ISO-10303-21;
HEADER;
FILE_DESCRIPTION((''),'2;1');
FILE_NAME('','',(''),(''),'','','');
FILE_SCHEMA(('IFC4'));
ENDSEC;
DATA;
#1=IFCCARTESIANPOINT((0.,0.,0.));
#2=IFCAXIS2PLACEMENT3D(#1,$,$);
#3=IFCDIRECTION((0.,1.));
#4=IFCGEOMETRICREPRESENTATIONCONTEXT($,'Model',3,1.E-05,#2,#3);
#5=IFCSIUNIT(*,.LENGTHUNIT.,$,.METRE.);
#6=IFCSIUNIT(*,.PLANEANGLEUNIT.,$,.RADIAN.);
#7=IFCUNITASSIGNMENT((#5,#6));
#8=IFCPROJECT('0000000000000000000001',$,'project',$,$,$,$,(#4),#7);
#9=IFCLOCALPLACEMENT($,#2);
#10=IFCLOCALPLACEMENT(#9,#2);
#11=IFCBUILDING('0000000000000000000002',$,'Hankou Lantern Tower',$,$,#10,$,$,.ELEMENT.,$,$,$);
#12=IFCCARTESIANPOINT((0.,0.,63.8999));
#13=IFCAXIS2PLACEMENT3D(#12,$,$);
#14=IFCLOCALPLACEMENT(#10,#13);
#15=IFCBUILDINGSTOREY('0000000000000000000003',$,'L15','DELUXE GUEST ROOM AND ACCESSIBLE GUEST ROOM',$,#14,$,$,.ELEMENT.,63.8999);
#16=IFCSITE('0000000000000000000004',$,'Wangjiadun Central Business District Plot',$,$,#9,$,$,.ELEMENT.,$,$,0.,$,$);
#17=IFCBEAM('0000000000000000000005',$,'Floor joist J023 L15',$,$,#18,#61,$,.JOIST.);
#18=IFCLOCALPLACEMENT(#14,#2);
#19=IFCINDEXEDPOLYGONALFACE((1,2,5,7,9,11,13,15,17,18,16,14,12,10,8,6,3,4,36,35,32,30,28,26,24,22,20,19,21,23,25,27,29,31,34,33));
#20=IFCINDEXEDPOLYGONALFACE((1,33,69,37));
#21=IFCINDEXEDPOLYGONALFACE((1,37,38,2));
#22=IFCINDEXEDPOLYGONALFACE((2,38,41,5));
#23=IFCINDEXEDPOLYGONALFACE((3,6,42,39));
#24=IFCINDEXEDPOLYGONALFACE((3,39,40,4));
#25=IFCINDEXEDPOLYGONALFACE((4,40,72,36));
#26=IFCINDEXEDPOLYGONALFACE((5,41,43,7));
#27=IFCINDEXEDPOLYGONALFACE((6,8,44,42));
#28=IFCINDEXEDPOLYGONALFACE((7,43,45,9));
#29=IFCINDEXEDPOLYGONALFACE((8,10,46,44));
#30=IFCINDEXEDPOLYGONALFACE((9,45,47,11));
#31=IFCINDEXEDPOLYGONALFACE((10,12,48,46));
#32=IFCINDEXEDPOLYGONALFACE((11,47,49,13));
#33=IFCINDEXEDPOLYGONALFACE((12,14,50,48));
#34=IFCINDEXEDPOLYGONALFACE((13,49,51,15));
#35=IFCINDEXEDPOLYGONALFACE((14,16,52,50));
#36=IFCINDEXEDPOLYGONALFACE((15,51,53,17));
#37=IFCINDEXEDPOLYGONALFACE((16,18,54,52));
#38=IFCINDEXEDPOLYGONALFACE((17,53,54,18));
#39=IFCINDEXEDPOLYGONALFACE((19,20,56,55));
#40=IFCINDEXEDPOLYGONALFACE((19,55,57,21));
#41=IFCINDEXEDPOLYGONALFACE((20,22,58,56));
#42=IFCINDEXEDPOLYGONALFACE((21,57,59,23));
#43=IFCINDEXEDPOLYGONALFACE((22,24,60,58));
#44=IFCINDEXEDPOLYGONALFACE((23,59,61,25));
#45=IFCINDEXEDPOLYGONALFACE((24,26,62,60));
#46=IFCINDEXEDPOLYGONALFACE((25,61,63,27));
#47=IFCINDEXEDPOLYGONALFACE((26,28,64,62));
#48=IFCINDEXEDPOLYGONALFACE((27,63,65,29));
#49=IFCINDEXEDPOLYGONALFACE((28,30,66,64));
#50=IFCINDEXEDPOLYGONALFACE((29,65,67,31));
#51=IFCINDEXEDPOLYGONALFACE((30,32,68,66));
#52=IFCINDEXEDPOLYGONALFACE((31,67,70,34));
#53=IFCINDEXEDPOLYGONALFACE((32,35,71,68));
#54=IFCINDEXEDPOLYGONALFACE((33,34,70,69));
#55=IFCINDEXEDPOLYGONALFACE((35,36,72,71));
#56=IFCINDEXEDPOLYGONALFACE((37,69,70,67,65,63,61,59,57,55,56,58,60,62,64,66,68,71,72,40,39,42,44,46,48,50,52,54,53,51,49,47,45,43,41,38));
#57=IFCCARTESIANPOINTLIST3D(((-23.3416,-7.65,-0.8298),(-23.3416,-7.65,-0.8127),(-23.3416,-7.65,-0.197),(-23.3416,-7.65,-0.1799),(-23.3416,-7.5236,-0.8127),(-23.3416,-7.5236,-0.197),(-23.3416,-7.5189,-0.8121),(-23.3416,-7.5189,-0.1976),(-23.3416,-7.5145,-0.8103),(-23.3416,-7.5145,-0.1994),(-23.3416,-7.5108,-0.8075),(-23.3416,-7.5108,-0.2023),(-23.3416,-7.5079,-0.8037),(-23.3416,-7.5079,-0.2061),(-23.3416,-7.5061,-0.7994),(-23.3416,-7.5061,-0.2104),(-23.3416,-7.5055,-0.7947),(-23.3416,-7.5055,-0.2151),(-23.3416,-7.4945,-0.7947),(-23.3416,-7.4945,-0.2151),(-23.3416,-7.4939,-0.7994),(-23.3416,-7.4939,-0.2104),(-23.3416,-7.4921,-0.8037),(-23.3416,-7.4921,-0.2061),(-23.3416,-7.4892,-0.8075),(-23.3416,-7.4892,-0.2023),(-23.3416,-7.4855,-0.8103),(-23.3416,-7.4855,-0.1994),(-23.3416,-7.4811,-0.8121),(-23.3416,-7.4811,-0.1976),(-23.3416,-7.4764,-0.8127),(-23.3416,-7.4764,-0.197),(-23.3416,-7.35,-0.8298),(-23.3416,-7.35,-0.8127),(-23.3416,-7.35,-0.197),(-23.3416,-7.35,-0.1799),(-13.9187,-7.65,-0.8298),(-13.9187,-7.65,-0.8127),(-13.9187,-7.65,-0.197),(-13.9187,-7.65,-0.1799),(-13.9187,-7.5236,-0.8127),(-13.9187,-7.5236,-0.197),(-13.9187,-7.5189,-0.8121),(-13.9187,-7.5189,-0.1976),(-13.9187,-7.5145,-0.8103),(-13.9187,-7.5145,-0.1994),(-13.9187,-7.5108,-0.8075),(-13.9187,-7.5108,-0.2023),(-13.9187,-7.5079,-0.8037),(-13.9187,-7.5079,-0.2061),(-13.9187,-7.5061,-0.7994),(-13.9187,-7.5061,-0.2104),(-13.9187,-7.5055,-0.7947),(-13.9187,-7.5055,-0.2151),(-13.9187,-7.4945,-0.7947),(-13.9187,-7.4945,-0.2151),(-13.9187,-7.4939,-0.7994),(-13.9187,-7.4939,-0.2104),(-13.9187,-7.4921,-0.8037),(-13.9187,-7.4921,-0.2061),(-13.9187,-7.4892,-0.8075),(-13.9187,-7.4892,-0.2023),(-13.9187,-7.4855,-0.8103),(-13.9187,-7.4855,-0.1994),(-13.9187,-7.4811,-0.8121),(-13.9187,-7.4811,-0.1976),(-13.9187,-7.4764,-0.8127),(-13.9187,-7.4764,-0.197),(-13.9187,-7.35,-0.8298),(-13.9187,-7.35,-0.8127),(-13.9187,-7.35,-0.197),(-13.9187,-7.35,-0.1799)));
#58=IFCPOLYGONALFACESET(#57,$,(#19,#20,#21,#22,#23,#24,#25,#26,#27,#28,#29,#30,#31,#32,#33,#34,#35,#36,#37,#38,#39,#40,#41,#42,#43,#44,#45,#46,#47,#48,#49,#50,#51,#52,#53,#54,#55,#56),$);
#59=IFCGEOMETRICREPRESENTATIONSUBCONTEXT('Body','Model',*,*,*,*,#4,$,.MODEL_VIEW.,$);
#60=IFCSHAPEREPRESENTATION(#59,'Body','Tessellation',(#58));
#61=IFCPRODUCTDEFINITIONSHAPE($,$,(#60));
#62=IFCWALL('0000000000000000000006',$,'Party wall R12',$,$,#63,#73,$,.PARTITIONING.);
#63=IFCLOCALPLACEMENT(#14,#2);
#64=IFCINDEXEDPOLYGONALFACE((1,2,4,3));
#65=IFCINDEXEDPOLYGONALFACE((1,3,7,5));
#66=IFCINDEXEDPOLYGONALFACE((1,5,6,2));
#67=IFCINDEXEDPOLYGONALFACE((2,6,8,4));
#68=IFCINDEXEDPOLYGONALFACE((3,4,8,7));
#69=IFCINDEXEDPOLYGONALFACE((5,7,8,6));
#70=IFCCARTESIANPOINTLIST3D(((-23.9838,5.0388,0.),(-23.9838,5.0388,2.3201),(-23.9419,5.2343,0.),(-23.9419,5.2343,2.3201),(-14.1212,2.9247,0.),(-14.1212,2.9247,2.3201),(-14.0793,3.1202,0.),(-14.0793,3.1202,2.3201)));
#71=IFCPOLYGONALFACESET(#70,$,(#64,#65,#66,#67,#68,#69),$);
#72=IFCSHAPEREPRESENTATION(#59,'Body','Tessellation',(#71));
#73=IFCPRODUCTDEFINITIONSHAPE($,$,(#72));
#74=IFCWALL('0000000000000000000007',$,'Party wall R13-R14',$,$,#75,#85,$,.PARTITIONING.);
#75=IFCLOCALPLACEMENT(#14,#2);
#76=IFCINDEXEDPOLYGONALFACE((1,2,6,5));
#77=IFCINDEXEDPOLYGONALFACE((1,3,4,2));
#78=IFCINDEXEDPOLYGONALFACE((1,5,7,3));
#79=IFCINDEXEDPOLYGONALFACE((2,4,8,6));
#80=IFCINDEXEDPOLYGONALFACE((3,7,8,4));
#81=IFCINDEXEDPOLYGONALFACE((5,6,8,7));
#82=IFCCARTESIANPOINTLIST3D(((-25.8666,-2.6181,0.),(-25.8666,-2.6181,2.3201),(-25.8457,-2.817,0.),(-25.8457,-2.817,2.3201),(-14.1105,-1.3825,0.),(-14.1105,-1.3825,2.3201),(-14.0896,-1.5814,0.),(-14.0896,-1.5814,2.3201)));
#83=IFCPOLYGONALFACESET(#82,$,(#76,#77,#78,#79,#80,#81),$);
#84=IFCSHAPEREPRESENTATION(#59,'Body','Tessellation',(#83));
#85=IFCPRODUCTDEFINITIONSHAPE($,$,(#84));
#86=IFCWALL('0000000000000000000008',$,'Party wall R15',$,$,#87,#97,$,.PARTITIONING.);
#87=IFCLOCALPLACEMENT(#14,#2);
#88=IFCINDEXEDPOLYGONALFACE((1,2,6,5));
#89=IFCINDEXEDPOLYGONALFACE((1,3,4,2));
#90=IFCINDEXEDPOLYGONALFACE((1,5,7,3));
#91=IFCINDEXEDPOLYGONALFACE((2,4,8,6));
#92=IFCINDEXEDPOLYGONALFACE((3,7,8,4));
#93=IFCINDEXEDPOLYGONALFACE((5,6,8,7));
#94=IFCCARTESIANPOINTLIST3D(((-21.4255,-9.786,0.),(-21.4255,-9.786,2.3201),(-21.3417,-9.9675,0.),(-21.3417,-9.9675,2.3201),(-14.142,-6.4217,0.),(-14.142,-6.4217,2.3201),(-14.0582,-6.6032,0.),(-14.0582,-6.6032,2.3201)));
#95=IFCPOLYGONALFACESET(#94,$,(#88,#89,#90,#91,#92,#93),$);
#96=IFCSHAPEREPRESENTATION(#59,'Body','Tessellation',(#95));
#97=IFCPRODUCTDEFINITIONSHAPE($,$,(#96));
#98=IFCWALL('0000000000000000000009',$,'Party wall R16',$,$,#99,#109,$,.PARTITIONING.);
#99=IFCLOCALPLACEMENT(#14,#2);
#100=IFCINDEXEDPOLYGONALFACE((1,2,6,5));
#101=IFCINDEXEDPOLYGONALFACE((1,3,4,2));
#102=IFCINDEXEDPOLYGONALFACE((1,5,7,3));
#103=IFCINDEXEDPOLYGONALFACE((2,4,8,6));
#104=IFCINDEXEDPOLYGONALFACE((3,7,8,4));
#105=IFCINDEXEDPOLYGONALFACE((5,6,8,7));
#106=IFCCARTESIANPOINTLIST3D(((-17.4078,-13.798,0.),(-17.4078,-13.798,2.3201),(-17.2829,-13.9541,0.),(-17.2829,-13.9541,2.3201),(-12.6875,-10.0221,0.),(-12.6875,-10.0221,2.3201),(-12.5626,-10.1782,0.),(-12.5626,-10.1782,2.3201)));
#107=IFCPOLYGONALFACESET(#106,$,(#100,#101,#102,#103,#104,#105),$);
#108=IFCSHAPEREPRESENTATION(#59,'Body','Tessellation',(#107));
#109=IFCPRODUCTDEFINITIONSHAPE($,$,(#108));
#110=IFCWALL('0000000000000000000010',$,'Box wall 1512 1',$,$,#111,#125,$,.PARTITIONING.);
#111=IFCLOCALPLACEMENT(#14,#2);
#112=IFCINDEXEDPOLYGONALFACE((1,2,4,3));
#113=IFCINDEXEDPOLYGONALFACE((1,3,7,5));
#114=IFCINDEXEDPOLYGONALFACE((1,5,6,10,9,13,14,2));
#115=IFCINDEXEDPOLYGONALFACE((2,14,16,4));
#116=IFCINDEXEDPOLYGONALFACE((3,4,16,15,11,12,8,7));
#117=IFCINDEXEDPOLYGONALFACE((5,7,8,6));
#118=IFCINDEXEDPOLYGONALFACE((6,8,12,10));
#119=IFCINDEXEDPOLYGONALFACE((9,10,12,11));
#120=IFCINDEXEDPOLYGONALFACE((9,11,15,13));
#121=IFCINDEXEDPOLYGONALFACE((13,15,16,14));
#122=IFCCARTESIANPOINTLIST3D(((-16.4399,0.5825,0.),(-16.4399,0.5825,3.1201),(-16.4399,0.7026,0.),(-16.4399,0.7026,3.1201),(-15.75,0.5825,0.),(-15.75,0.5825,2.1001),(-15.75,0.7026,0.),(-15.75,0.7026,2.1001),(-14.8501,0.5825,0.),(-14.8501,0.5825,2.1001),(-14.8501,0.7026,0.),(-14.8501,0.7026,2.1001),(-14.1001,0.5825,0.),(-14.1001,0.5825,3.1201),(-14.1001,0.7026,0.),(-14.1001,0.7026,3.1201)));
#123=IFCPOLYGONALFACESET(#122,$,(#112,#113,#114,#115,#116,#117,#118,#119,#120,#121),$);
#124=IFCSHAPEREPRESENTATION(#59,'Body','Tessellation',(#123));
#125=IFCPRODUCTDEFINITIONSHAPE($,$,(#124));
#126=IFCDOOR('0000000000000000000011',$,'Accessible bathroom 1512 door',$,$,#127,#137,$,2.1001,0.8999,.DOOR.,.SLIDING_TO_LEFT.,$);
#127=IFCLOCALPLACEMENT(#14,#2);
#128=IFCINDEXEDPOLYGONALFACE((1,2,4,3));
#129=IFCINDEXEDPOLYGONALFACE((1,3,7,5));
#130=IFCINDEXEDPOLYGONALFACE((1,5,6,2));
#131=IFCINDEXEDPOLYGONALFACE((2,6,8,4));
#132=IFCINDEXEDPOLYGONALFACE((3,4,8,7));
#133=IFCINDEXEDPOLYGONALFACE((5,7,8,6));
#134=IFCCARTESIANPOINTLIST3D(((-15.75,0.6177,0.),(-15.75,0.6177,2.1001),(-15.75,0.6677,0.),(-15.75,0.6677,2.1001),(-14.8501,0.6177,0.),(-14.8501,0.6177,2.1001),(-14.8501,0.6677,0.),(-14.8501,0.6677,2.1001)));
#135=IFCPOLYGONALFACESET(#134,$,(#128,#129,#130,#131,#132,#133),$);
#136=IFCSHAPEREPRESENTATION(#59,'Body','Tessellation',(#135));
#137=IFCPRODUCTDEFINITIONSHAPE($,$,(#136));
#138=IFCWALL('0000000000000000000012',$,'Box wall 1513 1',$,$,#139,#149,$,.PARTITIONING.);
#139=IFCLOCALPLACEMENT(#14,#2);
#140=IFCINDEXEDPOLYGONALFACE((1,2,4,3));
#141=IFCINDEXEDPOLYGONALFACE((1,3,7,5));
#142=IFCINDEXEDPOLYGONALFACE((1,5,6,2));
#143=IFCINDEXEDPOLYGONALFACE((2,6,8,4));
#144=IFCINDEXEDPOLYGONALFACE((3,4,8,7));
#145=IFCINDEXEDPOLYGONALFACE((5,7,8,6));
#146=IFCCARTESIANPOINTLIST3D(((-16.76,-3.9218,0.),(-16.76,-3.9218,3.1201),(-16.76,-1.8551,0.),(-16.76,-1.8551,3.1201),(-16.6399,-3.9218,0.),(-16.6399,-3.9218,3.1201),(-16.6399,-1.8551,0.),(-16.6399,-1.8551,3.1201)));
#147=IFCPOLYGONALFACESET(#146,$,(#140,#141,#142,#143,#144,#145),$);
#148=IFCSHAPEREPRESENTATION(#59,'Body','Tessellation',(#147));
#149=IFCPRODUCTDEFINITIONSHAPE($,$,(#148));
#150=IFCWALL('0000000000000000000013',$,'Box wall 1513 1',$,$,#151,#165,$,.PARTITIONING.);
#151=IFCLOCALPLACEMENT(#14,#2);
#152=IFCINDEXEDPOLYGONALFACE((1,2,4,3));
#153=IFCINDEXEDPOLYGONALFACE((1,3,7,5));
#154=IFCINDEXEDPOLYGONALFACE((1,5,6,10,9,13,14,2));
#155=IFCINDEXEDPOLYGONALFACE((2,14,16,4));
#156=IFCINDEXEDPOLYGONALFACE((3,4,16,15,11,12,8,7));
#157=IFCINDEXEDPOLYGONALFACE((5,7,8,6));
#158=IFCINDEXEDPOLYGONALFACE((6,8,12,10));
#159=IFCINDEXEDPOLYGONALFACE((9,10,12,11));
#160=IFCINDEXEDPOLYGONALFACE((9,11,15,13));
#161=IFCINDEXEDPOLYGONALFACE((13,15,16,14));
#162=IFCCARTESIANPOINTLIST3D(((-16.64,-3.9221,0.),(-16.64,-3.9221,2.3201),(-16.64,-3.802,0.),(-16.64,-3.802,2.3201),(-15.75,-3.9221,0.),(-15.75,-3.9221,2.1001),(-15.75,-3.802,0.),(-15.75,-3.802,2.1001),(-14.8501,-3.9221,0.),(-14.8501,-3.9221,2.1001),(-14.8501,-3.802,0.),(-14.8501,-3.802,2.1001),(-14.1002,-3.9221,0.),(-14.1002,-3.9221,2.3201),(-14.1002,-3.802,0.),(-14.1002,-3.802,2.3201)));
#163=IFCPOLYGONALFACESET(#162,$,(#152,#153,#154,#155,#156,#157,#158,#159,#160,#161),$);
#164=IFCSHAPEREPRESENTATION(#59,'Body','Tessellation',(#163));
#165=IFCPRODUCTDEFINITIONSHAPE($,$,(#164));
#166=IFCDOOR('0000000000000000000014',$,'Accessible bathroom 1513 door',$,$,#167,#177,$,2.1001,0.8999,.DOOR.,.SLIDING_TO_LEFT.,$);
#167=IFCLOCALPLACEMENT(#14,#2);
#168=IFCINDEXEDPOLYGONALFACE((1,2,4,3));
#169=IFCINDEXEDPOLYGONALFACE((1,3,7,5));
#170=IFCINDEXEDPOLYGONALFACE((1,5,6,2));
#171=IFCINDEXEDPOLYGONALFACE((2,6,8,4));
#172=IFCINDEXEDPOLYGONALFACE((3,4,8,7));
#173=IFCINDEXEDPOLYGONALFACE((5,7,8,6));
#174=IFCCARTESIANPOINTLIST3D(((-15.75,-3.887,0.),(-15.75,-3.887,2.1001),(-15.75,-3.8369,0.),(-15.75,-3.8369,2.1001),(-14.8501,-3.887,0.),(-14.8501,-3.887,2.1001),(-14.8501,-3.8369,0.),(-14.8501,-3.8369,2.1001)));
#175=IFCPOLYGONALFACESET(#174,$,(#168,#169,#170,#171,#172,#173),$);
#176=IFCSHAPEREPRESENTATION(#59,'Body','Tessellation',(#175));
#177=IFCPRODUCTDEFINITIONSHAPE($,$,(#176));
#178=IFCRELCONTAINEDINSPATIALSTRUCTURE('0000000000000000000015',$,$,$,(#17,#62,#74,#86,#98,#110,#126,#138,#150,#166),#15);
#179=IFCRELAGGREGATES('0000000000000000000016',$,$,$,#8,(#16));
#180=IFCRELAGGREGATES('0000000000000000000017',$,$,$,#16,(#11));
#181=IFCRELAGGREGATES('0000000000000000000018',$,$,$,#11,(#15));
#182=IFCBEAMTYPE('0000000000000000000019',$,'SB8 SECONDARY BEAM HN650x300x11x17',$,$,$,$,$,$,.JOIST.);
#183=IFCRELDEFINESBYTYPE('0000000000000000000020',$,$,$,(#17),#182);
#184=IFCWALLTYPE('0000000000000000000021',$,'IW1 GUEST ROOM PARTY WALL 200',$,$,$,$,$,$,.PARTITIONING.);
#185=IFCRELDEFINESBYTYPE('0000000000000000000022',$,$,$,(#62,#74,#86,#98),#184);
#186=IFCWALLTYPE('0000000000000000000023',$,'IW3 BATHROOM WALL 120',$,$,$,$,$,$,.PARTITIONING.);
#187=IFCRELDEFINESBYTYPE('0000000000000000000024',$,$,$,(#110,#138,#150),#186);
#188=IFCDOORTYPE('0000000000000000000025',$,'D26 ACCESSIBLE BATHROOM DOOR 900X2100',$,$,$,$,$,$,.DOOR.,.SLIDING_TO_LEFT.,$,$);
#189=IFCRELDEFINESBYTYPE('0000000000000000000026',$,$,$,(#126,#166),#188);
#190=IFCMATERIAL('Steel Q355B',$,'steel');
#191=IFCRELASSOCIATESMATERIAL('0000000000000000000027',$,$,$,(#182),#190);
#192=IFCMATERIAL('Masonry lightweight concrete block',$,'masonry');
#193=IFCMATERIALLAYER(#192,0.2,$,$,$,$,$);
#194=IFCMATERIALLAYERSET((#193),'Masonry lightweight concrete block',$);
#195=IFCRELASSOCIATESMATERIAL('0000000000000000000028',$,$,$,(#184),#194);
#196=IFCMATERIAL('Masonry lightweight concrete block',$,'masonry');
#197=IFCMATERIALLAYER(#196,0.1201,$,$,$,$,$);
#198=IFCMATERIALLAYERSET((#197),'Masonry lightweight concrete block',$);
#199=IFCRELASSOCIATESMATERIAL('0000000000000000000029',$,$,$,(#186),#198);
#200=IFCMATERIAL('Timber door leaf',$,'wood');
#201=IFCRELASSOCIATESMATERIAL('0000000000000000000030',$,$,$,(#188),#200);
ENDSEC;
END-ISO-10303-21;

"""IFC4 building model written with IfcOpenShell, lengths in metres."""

from ifc_helpers import new_model, si_unit, direction, frame, frame_2d, origin, origin_2d, place, context, subcontext, project, spatial, rectangle, i_section, extrude, material, layer, layer_set, material_profile, profile_set, type_object, element, fill, save


model = new_model("IFC4")

# Units and contexts
model_context = context("Model", 3, precision=1e-05, world=origin(), true_north=direction((0.0, 1.0)))
body_context = subcontext(model_context, "Body", "Model", "MODEL_VIEW")
ifc_project = project(units=[si_unit("LENGTHUNIT", "METRE"), si_unit("PLANEANGLEUNIT", "RADIAN")], contexts=[model_context])

# Site, building, storey
site_placement = place(None, origin())
site = spatial("IfcSite", under=ifc_project, at=site_placement, Name="Wangjiadun Central Business District Plot", CompositionType="ELEMENT", RefElevation=0.0)
building_placement = place(site_placement, origin())
building = spatial("IfcBuilding", under=site, at=building_placement, Name="Hankou Lantern Tower", CompositionType="ELEMENT")
storey_placement = place(building_placement, frame((0.0, 0.0, 63.8999)))
storey = spatial("IfcBuildingStorey", under=building, at=storey_placement, Name="L15", Description="DELUXE GUEST ROOM AND ACCESSIBLE GUEST ROOM", CompositionType="ELEMENT", Elevation=63.8999)

# Beam
ifc_material_1 = material(Name="Steel Q355B", Category="steel")
ifc_material_profile_1 = material_profile(ifc_material_1, i_section(OverallWidth=0.3, OverallDepth=0.6499, WebThickness=0.011, FlangeThickness=0.0171, FilletRadius=0.0181, at=origin_2d()), Name="HN650x300x11x17")
ifc_profile_set_1 = profile_set([ifc_material_profile_1], Name="Steel Q355B")
beam_type_1 = type_object("IfcBeamType", Name="SB8 SECONDARY BEAM HN650x300x11x17", PredefinedType="JOIST", material=ifc_profile_set_1)
beam_1_placement = place(storey_placement, frame((-23.3416, -7.5, -0.5049), z_axis=(1.0, 0.0, 0.0), x_axis=(0.0, 1.0, 0.0)))
element("IfcBeam", 1, at=beam_1_placement, inside=storey, type_object=beam_type_1, Name="Floor joist J023 L15", PredefinedType="JOIST", context=body_context, shape_type="SweptSolid", body=[
    extrude(i_section(OverallWidth=0.3, OverallDepth=0.6499, WebThickness=0.011, FlangeThickness=0.0171, FilletRadius=0.0181, at=origin_2d()), origin(), (0.0, 0.0, 1.0), 9.4229),
])

# Walls
ifc_material_2 = material(Name="Masonry lightweight concrete block", Category="masonry")
ifc_layer_1 = layer(ifc_material_2, 0.2)
ifc_layer_set_1 = layer_set([ifc_layer_1], Name="Masonry lightweight concrete block")
wall_type_1 = type_object("IfcWallType", Name="IW1 GUEST ROOM PARTY WALL 200", PredefinedType="PARTITIONING", material=ifc_layer_set_1)
wall_1_placement = place(storey_placement, frame((-14.1001, 3.0225, 0.0), z_axis=(0.0, 0.0, 1.0), x_axis=(-0.97779, 0.209587, 0.0)))
element("IfcWall", 2, at=wall_1_placement, inside=storey, type_object=wall_type_1, Name="Party wall R12", PredefinedType="PARTITIONING", context=body_context, shape_type="SweptSolid", body=[
    extrude(rectangle(XDim=10.0867, YDim=0.2, at=frame_2d((5.0435, 0.0))), origin(), (0.0, 0.0, 1.0), 2.3201),
])
wall_2_placement = place(storey_placement, frame((-14.1001, -1.4819, 0.0), z_axis=(0.0, 0.0, 1.0), x_axis=(-0.994522, -0.104527, 0.0)))
element("IfcWall", 3, at=wall_2_placement, inside=storey, type_object=wall_type_1, Name="Party wall R13-R14", PredefinedType="PARTITIONING", context=body_context, shape_type="SweptSolid", body=[
    extrude(rectangle(XDim=11.8208, YDim=0.2, at=frame_2d((5.9104, 0.0))), origin(), (0.0, 0.0, 1.0), 2.3201),
])
wall_3_placement = place(storey_placement, frame((-14.1001, -6.5125, 0.0), z_axis=(0.0, 0.0, 1.0), x_axis=(-0.907833, -0.419332, 0.0)))
element("IfcWall", 4, at=wall_3_placement, inside=storey, type_object=wall_type_1, Name="Party wall R15", PredefinedType="PARTITIONING", context=body_context, shape_type="SweptSolid", body=[
    extrude(rectangle(XDim=8.0229, YDim=0.2, at=frame_2d((4.0115, 0.0))), origin(), (0.0, 0.0, 1.0), 2.3201),
])
wall_4_placement = place(storey_placement, frame((-12.625, -10.1001, 0.0), z_axis=(0.0, 0.0, 1.0), x_axis=(-0.780892, -0.624665, 0.0)))
element("IfcWall", 5, at=wall_4_placement, inside=storey, type_object=wall_type_1, Name="Party wall R16", PredefinedType="PARTITIONING", context=body_context, shape_type="SweptSolid", body=[
    extrude(rectangle(XDim=6.0447, YDim=0.2, at=frame_2d((3.0225, 0.0))), origin(), (0.0, 0.0, 1.0), 2.3201),
])

# Wall, opening, door
ifc_material_3 = material(Name="Masonry lightweight concrete block", Category="masonry")
ifc_layer_2 = layer(ifc_material_3, 0.1201)
ifc_layer_set_2 = layer_set([ifc_layer_2], Name="Masonry lightweight concrete block")
wall_type_2 = type_object("IfcWallType", Name="IW3 BATHROOM WALL 120", PredefinedType="PARTITIONING", material=ifc_layer_set_2)
wall_5_placement = place(storey_placement, frame((-14.1001, 0.6426, 0.0), z_axis=(0.0, 0.0, 1.0), x_axis=(-1.0, 0.0, 0.0)))
wall_5 = element("IfcWall", 6, at=wall_5_placement, inside=storey, type_object=wall_type_2, Name="Box wall 1512 1", PredefinedType="PARTITIONING", context=body_context, shape_type="SweptSolid", body=[
    extrude(rectangle(XDim=2.3398, YDim=0.1201, at=frame_2d((1.1699, 0.0))), origin(), (0.0, 0.0, 1.0), 3.1201),
])
opening_1_placement = place(wall_5_placement, frame((0.75, 0.0, 0.0)))
opening_1 = element("IfcOpeningElement", 7, at=opening_1_placement, cuts=wall_5, PredefinedType="OPENING", context=body_context, shape_type="SweptSolid", body=[
    extrude(rectangle(XDim=0.8999, YDim=2.1001, at=frame_2d((0.45, 1.05))), frame((0.0, 0.0701, 0.0), z_axis=(0.0, -1.0, 0.0), x_axis=(1.0, 0.0, 0.0)), (0.0, 0.0, 1.0), 0.1401),
])
ifc_material_4 = material(Name="Timber door leaf", Category="wood")
door_type_1 = type_object("IfcDoorType", Name="D26 ACCESSIBLE BATHROOM DOOR 900X2100", OperationType="SLIDING_TO_LEFT", PredefinedType="DOOR", material=ifc_material_4)
door_1_placement = place(opening_1_placement, origin())
door_1 = element("IfcDoor", 8, at=door_1_placement, inside=storey, type_object=door_type_1, Name="Accessible bathroom 1512 door", OperationType="SLIDING_TO_LEFT", OverallHeight=2.1001, OverallWidth=0.8999, PredefinedType="DOOR", context=body_context, shape_type="SweptSolid", body=[
    extrude(rectangle(XDim=0.8999, YDim=2.1001, at=frame_2d((0.45, 1.05))), frame((0.0, 0.0249, 0.0), z_axis=(0.0, -1.0, 0.0), x_axis=(1.0, 0.0, 0.0)), (0.0, 0.0, 1.0), 0.05),
])
fill(opening_1, door_1)

# Wall
wall_6_placement = place(storey_placement, frame((-16.7, -1.8552, 0.0), z_axis=(0.0, 0.0, 1.0), x_axis=(0.0, -1.0, 0.0)))
element("IfcWall", 9, at=wall_6_placement, inside=storey, type_object=wall_type_2, Name="Box wall 1513 1", PredefinedType="PARTITIONING", context=body_context, shape_type="SweptSolid", body=[
    extrude(rectangle(XDim=2.0667, YDim=0.1201, at=frame_2d((1.0332, 0.0))), origin(), (0.0, 0.0, 1.0), 3.1201),
])

# Wall, opening, door
wall_7_placement = place(storey_placement, frame((-14.1001, -3.8621, 0.0), z_axis=(0.0, 0.0, 1.0), x_axis=(-1.0, 0.0, 0.0)))
wall_7 = element("IfcWall", 10, at=wall_7_placement, inside=storey, type_object=wall_type_2, Name="Box wall 1513 1", PredefinedType="PARTITIONING", context=body_context, shape_type="SweptSolid", body=[
    extrude(rectangle(XDim=2.5398, YDim=0.1201, at=frame_2d((1.27, 0.0))), origin(), (0.0, 0.0, 1.0), 2.3201),
])
opening_2_placement = place(wall_7_placement, frame((0.75, 0.0, 0.0)))
opening_2 = element("IfcOpeningElement", 11, at=opening_2_placement, cuts=wall_7, PredefinedType="OPENING", context=body_context, shape_type="SweptSolid", body=[
    extrude(rectangle(XDim=0.8999, YDim=2.1001, at=frame_2d((0.45, 1.05))), frame((0.0, 0.0701, 0.0), z_axis=(0.0, -1.0, 0.0), x_axis=(1.0, 0.0, 0.0)), (0.0, 0.0, 1.0), 0.1401),
])
door_2_placement = place(opening_2_placement, origin())
door_2 = element("IfcDoor", 12, at=door_2_placement, inside=storey, type_object=door_type_1, Name="Accessible bathroom 1513 door", OperationType="SLIDING_TO_LEFT", OverallHeight=2.1001, OverallWidth=0.8999, PredefinedType="DOOR", context=body_context, shape_type="SweptSolid", body=[
    extrude(rectangle(XDim=0.8999, YDim=2.1001, at=frame_2d((0.45, 1.05))), frame((0.0, 0.0249, 0.0), z_axis=(0.0, -1.0, 0.0), x_axis=(1.0, 0.0, 0.0)), (0.0, 0.0, 1.0), 0.05),
])
fill(opening_2, door_2)

save(model, "model.ifc")
